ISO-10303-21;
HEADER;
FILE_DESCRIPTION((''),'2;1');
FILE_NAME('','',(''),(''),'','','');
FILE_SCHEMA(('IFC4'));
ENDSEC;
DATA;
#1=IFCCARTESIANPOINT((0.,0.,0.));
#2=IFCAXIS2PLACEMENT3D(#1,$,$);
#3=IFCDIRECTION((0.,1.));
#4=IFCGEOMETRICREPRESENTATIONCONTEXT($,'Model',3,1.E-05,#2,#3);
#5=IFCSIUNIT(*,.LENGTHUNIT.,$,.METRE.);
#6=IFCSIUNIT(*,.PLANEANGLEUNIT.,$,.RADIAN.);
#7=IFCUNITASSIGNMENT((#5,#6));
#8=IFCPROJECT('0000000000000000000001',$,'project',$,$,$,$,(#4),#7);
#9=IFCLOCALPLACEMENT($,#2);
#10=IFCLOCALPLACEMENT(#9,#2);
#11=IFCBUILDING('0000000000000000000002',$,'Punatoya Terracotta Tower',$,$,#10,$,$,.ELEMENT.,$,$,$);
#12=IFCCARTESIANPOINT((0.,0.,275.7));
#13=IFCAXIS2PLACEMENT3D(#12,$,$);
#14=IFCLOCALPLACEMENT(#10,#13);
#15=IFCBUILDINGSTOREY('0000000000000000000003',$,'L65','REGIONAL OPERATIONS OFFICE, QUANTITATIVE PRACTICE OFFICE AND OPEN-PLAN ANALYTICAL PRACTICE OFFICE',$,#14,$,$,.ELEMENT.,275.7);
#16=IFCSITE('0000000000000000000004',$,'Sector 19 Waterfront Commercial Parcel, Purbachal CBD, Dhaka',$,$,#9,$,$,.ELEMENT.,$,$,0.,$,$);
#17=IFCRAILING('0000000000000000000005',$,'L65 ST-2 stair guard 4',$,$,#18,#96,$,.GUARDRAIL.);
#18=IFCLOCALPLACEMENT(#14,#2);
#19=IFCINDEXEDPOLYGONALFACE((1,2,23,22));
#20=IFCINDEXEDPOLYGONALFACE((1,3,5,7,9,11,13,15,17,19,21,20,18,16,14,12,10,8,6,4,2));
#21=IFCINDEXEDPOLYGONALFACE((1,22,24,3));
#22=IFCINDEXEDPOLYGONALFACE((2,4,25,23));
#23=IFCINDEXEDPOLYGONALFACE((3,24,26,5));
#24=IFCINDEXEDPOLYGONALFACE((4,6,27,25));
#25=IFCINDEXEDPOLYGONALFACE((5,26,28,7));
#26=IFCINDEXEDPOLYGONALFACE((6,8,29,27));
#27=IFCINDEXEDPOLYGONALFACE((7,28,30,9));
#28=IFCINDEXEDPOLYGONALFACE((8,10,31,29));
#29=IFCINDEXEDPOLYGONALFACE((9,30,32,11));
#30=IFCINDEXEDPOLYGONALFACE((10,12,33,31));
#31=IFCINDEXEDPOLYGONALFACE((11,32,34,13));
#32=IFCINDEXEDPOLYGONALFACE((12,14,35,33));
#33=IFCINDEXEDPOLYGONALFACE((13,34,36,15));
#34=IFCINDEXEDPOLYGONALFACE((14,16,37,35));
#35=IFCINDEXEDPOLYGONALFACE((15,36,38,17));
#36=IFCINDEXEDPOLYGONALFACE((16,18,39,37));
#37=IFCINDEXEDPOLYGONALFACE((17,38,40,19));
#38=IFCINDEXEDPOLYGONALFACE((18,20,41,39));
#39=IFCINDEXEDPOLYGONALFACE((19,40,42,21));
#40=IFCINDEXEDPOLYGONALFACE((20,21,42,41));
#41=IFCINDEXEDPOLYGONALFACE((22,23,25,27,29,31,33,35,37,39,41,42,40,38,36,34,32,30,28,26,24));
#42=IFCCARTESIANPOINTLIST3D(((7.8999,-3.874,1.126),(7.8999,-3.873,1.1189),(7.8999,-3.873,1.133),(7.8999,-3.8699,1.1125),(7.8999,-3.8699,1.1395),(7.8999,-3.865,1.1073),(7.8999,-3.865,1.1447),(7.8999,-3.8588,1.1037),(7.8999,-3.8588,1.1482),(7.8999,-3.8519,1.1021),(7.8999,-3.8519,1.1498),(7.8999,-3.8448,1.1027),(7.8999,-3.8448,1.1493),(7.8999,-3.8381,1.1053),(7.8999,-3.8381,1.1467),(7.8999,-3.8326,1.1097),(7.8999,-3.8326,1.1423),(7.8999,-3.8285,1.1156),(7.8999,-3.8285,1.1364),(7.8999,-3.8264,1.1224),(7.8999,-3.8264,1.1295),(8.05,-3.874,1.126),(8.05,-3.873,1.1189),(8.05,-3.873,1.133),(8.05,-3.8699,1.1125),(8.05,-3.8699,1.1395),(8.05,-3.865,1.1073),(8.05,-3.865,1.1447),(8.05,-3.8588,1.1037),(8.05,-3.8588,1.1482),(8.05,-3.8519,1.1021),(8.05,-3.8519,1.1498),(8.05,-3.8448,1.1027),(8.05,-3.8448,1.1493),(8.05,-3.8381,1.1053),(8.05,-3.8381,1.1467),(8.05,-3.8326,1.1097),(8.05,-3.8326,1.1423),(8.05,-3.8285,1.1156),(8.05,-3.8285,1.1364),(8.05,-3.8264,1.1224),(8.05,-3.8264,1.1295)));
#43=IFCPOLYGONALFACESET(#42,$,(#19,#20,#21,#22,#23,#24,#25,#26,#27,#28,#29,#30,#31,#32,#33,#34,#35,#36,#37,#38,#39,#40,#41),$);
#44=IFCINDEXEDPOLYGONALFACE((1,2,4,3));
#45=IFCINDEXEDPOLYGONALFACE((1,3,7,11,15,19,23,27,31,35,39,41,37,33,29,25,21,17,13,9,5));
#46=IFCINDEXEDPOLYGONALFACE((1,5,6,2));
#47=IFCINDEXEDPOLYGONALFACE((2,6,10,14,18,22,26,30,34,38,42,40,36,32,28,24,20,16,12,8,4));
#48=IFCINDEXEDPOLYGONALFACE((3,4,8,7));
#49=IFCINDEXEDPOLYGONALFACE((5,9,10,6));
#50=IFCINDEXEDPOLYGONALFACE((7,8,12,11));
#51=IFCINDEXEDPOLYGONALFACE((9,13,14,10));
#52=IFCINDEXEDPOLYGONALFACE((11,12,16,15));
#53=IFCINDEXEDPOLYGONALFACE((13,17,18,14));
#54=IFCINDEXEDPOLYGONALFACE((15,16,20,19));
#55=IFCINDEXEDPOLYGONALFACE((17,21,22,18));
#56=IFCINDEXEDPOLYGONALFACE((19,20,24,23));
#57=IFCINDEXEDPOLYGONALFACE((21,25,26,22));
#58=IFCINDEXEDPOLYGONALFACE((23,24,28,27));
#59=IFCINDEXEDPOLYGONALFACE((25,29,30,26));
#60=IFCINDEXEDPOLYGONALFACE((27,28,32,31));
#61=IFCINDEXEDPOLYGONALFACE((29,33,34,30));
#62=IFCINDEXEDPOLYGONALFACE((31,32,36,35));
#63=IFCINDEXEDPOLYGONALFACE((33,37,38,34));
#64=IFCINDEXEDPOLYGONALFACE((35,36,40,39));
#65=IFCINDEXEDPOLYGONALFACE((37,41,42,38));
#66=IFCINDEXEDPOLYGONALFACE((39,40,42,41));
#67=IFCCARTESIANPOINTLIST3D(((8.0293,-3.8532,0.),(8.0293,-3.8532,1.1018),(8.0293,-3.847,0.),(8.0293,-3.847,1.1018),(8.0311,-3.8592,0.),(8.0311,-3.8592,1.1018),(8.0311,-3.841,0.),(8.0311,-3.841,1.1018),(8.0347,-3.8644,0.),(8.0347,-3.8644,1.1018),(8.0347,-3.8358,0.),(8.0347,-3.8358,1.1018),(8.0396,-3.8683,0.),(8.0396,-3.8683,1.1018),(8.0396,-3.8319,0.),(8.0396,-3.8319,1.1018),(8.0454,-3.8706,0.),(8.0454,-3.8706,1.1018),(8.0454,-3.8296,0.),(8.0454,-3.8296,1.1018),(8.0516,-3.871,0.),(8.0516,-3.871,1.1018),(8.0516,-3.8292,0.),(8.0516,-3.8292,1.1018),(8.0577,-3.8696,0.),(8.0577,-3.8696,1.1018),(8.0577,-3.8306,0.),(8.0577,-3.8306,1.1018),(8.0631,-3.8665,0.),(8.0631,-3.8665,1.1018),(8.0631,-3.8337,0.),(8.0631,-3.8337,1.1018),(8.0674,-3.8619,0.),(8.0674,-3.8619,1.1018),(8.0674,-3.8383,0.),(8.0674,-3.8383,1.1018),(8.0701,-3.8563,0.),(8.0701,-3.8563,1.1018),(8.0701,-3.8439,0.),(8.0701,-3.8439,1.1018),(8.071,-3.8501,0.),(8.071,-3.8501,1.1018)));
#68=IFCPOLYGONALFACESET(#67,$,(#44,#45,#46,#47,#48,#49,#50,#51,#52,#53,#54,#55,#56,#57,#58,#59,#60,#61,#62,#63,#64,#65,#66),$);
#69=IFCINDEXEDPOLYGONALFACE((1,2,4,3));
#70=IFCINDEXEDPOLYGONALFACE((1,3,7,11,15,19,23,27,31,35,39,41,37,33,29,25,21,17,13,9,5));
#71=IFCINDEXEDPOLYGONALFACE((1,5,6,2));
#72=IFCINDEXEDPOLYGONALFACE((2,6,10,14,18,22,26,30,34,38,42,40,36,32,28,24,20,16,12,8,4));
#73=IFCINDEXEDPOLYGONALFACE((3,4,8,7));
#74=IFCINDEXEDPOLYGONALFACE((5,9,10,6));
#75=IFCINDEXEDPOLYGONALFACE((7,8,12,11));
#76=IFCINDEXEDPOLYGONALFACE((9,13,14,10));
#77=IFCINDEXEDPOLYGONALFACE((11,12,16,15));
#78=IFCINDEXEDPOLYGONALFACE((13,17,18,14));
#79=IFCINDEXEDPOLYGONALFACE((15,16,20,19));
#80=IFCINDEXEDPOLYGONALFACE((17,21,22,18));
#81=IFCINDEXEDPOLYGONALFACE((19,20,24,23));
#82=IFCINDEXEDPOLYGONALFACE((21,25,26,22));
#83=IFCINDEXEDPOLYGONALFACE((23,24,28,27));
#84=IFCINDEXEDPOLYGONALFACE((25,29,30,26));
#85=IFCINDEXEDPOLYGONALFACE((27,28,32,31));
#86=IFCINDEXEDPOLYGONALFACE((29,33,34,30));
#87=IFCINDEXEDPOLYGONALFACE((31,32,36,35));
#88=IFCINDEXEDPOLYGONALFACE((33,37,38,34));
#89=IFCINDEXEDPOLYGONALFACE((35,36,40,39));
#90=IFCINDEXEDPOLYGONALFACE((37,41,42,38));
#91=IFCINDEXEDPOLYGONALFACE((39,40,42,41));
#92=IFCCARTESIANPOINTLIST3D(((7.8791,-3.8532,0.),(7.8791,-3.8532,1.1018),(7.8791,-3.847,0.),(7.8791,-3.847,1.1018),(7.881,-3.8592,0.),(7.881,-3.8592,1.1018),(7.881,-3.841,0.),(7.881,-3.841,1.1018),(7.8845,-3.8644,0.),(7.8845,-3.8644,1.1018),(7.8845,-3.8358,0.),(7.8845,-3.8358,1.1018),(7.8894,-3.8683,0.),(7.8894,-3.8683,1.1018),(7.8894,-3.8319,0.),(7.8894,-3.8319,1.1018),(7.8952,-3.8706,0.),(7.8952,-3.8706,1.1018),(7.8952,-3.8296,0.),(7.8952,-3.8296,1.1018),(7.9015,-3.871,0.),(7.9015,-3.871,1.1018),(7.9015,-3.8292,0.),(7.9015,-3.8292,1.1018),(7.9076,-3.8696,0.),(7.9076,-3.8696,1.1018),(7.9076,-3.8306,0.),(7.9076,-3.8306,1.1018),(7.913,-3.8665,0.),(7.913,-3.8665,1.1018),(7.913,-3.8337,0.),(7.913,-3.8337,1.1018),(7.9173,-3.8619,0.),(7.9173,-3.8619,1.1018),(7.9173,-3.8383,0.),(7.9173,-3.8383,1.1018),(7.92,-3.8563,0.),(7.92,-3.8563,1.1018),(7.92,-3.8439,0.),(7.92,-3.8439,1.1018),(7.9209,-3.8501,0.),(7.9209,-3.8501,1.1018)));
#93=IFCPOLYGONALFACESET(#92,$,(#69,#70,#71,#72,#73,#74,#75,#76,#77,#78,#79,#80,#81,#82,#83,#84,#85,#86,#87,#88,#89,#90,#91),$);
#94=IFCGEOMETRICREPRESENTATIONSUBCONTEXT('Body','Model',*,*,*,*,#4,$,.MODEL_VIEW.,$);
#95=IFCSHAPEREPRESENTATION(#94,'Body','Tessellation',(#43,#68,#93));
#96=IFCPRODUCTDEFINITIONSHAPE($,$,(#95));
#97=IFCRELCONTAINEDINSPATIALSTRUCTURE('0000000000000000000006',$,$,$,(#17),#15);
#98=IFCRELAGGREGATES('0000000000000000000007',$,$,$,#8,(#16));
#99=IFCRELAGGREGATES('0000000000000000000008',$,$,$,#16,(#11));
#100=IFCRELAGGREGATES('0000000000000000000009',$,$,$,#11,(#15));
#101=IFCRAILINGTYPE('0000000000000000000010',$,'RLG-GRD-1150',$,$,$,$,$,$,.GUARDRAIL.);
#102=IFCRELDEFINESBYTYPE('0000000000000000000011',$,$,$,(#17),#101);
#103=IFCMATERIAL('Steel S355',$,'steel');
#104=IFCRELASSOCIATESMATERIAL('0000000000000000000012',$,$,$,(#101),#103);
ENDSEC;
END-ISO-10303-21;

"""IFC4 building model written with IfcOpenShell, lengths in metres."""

from ifc_helpers import new_model, si_unit, direction, frame, origin, origin_2d, place, context, subcontext, project, spatial, circle, extrude, material, type_object, element, save


model = new_model("IFC4")

# Units and contexts
model_context = context("Model", 3, precision=1e-05, world=origin(), true_north=direction((0.0, 1.0)))
body_context = subcontext(model_context, "Body", "Model", "MODEL_VIEW")
ifc_project = project(units=[si_unit("LENGTHUNIT", "METRE"), si_unit("PLANEANGLEUNIT", "RADIAN")], contexts=[model_context])

# Site, building, storey
site_placement = place(None, origin())
site = spatial("IfcSite", under=ifc_project, at=site_placement, Name="Sector 19 Waterfront Commercial Parcel, Purbachal CBD, Dhaka", CompositionType="ELEMENT", RefElevation=0.0)
building_placement = place(site_placement, origin())
building = spatial("IfcBuilding", under=site, at=building_placement, Name="Punatoya Terracotta Tower", CompositionType="ELEMENT")
storey_placement = place(building_placement, frame((0.0, 0.0, 275.7)))
storey = spatial("IfcBuildingStorey", under=building, at=storey_placement, Name="L65", Description="REGIONAL OPERATIONS OFFICE, QUANTITATIVE PRACTICE OFFICE AND OPEN-PLAN ANALYTICAL PRACTICE OFFICE", CompositionType="ELEMENT", Elevation=275.7)

# Shared definitions
ifc_material_1 = material(Name="Steel S355", Category="steel")

# Railing
railing_type_1 = type_object("IfcRailingType", Name="RLG-GRD-1150", PredefinedType="GUARDRAIL", material=ifc_material_1)
railing_1_placement = place(storey_placement, frame((8.05, -3.8501, 0.0)))
element("IfcRailing", 1, at=railing_1_placement, inside=storey, type_object=railing_type_1, Name="L65 ST-2 stair guard 4", PredefinedType="GUARDRAIL", context=body_context, shape_type="SweptSolid", body=[
    extrude(circle(Radius=0.0239, at=origin_2d()), frame((0.0, 0.0, 1.126), z_axis=(-1.0, 0.0, 0.0), x_axis=(0.0, -1.0, 0.0)), (0.0, 0.0, 1.0), 0.1501),
    extrude(circle(Radius=0.021, at=origin_2d()), origin(), (0.0, 0.0, 1.0), 1.1018),
    extrude(circle(Radius=0.021, at=origin_2d()), frame((-0.1501, 0.0, 0.0)), (0.0, 0.0, 1.0), 1.1018),
])

save(model, "model.ifc")
